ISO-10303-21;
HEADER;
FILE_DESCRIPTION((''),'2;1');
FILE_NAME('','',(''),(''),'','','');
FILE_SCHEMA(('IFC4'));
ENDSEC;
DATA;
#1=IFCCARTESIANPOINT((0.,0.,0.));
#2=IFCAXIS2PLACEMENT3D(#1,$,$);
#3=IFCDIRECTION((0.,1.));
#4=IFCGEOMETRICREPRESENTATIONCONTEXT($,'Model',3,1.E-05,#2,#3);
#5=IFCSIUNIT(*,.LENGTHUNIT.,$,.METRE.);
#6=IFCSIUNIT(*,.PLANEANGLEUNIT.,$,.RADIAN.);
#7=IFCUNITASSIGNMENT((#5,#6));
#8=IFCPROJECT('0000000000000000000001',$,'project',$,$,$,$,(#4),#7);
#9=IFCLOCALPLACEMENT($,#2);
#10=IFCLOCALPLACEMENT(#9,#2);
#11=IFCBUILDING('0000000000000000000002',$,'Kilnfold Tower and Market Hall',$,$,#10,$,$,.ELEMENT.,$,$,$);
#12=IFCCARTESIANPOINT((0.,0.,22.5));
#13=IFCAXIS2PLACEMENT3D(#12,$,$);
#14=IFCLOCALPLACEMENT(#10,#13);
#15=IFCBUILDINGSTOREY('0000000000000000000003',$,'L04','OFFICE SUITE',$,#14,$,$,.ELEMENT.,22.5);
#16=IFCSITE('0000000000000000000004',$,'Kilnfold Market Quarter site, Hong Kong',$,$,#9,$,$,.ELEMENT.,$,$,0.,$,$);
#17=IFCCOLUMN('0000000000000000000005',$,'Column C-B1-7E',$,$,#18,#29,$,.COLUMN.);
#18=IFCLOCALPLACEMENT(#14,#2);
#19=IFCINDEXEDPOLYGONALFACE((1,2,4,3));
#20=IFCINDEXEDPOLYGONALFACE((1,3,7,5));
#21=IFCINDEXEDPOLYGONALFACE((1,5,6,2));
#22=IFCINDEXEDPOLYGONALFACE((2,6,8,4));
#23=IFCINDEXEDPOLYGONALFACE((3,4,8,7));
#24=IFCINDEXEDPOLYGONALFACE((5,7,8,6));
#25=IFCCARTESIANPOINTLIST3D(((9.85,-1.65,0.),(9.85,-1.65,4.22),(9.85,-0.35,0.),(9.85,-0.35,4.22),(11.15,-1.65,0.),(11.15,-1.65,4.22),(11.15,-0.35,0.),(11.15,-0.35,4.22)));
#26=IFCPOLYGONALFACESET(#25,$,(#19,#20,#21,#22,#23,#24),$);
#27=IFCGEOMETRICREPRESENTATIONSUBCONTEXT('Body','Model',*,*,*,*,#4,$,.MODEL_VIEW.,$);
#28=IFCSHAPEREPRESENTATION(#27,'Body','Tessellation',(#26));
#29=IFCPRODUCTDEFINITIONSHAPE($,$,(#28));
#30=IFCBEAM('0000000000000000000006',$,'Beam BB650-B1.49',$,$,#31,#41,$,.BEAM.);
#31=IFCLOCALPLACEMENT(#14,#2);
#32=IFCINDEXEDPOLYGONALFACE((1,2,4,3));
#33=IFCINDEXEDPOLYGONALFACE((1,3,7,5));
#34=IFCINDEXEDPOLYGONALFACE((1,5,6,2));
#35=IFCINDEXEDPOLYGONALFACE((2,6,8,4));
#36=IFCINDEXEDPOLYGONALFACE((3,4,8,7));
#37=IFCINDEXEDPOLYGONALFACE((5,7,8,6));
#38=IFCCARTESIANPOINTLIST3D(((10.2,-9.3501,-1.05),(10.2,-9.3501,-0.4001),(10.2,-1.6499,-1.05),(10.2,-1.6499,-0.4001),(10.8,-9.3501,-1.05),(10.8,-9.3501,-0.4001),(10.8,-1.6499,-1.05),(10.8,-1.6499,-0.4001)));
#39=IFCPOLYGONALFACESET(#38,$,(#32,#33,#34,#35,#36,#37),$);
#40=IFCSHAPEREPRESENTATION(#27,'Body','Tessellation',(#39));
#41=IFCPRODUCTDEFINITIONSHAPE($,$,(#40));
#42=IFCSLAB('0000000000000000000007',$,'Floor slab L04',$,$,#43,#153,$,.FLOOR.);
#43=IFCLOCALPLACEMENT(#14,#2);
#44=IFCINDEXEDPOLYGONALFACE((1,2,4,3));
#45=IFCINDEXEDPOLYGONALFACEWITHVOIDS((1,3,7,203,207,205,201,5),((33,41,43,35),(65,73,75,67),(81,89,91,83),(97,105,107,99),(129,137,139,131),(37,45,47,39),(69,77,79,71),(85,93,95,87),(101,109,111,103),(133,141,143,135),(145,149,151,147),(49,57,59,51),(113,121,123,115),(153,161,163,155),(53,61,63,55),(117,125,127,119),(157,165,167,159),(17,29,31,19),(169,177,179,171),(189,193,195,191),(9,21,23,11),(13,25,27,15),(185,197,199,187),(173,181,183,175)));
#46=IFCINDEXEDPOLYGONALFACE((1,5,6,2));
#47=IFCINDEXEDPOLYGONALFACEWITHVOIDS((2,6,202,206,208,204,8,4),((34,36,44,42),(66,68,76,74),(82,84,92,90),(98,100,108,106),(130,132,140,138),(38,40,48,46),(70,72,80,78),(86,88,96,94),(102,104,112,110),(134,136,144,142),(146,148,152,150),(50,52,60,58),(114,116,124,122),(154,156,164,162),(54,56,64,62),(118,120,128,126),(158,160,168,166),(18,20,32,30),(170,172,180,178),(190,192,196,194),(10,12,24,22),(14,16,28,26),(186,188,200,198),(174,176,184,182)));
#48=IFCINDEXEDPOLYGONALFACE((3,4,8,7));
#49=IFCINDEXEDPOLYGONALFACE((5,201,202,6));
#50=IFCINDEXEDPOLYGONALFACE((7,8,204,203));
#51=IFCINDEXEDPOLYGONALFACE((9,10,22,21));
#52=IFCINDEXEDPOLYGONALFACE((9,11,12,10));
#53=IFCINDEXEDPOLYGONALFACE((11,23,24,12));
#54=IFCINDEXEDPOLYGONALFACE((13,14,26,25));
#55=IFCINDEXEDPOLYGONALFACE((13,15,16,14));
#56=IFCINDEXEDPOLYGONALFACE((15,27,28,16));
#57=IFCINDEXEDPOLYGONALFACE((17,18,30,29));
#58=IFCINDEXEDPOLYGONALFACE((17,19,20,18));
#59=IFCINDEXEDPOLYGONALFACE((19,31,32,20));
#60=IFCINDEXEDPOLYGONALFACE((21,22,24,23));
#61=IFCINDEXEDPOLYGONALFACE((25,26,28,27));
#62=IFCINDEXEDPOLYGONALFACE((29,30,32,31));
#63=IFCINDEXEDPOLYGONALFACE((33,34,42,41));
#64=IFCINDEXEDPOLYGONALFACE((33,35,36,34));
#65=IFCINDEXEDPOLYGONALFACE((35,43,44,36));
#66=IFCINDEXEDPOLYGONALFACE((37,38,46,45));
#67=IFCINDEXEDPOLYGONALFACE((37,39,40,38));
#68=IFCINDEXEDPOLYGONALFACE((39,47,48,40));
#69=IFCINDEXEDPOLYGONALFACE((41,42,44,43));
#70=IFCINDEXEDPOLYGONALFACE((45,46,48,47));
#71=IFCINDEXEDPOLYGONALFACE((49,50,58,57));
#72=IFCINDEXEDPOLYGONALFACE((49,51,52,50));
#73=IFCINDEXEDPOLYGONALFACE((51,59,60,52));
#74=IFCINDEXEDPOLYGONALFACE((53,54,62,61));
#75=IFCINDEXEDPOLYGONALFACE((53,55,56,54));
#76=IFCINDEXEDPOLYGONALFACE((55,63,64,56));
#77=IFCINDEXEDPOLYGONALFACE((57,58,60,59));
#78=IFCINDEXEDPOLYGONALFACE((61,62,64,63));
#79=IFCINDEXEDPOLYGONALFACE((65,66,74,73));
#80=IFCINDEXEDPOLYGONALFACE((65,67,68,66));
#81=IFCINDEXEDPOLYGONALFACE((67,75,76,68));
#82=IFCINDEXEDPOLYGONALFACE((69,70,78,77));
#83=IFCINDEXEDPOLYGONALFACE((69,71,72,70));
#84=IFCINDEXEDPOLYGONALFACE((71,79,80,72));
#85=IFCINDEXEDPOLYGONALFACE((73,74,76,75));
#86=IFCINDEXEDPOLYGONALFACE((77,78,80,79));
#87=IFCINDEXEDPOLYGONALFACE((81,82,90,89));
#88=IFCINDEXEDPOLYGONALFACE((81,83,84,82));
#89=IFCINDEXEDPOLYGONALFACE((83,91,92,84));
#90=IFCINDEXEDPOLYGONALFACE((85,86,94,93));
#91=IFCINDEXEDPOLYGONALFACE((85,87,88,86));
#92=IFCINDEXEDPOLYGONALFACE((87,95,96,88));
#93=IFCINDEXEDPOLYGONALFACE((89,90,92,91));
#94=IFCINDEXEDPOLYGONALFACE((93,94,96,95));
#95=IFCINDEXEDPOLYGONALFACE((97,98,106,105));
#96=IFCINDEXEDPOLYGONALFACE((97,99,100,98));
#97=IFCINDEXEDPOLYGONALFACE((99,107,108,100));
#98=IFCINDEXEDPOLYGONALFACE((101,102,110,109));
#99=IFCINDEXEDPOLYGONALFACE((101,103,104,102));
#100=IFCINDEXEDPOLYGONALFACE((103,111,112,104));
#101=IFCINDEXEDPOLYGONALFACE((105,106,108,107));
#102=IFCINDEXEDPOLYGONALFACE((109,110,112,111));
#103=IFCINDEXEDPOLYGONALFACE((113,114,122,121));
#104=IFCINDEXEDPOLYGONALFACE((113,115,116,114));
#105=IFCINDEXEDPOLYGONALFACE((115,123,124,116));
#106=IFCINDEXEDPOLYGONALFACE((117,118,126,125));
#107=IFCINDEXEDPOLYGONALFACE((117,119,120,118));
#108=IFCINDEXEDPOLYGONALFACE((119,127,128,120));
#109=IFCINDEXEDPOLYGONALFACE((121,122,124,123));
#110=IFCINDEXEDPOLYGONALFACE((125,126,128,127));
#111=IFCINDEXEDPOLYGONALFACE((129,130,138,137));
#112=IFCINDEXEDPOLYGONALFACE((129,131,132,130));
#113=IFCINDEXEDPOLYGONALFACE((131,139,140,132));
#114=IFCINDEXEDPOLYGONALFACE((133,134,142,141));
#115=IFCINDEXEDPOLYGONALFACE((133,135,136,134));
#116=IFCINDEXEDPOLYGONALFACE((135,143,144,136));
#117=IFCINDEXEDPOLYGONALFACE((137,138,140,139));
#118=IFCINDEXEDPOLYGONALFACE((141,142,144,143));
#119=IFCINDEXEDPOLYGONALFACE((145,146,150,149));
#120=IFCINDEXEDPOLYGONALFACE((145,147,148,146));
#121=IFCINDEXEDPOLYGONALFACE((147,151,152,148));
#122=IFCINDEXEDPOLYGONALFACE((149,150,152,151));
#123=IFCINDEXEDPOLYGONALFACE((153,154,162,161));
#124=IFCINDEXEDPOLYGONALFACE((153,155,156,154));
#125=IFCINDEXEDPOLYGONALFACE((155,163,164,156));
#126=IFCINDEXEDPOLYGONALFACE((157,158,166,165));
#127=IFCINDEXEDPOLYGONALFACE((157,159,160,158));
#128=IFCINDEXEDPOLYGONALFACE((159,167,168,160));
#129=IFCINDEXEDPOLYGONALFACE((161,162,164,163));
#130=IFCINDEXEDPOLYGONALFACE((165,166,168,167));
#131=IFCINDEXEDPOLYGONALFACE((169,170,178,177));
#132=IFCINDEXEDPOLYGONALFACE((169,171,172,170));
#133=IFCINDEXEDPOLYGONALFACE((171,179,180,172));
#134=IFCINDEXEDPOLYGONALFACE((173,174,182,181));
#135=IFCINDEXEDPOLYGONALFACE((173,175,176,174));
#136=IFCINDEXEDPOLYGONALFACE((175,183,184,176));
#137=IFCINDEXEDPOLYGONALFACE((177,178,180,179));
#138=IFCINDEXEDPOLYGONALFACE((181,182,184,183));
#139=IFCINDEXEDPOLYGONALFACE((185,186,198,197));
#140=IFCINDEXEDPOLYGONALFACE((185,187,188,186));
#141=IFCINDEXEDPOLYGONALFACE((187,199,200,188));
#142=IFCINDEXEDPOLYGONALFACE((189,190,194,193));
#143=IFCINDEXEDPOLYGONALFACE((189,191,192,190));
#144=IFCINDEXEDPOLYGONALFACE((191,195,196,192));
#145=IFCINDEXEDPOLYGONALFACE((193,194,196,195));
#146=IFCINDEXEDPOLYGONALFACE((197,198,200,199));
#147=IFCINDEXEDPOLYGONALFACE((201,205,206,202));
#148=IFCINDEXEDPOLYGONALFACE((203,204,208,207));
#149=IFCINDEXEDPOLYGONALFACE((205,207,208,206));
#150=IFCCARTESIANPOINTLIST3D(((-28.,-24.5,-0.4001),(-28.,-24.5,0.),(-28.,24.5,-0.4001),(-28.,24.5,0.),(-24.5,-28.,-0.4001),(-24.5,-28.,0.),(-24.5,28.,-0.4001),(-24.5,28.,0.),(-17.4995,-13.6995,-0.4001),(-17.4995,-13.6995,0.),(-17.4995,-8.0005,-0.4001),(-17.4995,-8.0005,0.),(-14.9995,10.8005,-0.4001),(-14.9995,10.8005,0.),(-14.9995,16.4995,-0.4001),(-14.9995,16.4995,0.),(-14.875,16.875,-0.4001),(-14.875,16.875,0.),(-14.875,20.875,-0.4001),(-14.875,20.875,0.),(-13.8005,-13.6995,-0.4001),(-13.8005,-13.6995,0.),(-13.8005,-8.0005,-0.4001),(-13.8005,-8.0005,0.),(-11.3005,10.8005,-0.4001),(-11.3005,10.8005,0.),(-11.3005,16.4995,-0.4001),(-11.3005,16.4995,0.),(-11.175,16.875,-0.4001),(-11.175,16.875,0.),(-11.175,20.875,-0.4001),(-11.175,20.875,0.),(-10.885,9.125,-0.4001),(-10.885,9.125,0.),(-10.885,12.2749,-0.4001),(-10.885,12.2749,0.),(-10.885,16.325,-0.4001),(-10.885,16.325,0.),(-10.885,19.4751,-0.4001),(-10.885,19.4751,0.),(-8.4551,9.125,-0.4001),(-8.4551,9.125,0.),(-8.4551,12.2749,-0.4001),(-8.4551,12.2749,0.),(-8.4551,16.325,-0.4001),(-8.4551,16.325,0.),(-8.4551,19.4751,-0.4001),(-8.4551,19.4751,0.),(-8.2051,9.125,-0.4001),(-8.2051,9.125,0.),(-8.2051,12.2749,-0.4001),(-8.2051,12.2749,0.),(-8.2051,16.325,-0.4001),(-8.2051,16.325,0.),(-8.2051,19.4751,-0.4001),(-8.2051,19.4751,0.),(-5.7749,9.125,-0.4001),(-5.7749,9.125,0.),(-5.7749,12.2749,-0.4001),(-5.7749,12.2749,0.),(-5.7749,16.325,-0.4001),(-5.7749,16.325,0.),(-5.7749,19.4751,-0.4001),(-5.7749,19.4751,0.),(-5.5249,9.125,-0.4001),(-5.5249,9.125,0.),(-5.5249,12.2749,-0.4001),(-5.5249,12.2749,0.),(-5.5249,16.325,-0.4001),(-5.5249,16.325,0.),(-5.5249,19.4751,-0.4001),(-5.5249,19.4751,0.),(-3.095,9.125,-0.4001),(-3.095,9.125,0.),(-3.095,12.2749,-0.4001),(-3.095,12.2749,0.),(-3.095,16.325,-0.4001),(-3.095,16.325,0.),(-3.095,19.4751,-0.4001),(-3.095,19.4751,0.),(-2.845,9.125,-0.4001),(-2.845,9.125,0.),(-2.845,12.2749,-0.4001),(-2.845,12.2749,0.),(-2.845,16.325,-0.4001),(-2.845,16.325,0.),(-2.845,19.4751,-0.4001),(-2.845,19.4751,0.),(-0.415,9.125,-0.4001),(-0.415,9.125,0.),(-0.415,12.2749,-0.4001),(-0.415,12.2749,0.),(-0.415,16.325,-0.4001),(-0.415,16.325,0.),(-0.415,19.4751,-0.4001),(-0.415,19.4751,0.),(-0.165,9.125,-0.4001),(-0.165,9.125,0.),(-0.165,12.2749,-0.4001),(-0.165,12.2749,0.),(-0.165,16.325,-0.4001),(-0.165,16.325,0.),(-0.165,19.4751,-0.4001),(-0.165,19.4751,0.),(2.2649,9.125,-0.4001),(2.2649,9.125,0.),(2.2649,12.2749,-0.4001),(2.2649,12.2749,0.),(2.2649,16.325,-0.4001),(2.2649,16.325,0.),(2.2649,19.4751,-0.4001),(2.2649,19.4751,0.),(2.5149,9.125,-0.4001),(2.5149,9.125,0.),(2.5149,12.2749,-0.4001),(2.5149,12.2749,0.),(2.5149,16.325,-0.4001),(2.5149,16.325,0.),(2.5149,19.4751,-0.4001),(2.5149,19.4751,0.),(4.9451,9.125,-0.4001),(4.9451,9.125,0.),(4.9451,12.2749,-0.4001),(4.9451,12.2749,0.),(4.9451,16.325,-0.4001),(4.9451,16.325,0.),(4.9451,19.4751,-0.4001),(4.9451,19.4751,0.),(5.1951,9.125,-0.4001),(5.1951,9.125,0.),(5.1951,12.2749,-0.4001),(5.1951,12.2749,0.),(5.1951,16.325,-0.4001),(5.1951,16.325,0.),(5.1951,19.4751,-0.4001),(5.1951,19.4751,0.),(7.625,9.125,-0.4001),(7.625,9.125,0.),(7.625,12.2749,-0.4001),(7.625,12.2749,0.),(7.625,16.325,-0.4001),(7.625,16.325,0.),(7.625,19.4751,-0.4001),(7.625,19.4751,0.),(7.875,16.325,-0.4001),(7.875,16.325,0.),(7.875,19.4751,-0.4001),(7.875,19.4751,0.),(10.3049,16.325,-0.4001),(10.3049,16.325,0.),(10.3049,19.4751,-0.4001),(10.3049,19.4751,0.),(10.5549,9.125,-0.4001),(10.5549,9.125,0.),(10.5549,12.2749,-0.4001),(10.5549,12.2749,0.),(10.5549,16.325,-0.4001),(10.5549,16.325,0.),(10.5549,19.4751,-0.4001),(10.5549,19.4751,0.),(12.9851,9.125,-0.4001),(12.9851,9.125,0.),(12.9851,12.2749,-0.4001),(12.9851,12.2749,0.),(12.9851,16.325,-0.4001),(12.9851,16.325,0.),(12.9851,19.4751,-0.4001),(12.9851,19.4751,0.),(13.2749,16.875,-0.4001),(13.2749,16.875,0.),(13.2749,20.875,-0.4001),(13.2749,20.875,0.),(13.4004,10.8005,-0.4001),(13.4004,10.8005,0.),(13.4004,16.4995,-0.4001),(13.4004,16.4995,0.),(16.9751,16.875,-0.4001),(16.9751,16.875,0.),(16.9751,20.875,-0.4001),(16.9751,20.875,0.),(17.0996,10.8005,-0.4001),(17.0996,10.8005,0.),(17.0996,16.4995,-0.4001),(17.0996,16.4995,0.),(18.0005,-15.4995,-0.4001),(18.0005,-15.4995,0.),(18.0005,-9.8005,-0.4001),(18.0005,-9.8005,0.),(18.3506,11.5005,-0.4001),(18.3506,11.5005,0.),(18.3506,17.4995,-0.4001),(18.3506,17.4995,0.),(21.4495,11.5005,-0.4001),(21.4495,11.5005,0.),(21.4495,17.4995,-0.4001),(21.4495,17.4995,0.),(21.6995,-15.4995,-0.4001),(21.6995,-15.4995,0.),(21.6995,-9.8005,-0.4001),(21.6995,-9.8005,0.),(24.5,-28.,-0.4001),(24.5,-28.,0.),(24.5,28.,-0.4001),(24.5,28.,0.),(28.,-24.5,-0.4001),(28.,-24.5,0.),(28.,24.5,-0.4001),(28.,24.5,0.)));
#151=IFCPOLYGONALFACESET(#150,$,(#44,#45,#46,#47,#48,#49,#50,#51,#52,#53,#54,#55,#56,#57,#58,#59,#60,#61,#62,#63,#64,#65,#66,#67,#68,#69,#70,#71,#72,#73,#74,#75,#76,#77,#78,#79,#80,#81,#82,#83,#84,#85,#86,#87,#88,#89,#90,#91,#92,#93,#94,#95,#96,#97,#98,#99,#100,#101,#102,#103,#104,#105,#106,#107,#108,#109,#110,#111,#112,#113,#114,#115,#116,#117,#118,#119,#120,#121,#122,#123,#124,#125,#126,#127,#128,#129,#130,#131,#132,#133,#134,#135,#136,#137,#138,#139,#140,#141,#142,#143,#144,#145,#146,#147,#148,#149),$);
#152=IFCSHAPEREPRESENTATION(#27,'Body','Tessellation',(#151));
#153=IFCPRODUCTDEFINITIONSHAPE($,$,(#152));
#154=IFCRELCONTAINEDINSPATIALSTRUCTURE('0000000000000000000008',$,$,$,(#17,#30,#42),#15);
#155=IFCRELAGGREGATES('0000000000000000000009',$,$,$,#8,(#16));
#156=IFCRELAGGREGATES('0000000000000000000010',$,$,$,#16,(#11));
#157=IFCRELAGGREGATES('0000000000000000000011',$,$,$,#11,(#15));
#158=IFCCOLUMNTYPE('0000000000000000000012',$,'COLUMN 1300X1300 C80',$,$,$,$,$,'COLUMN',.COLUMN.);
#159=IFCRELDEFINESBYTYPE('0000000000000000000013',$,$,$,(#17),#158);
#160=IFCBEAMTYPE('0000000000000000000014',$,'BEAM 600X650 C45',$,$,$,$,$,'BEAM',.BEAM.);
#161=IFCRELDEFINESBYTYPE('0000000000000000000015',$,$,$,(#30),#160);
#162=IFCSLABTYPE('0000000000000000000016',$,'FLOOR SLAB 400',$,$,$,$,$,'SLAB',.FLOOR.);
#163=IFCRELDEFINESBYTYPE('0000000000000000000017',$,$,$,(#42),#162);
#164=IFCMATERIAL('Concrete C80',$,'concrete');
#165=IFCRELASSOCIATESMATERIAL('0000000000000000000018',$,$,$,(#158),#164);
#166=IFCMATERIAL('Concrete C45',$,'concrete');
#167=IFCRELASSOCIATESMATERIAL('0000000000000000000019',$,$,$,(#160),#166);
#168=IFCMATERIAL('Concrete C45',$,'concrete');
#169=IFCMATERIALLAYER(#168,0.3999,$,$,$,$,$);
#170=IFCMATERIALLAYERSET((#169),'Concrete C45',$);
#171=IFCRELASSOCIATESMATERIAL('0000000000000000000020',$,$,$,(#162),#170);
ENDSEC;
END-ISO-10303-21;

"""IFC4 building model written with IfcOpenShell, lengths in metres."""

from ifc_helpers import new_model, si_unit, direction, frame, origin, origin_2d, place, context, subcontext, project, spatial, polyline, rectangle, outline, extrude, source, transform, mapped, material, layer, layer_set, material_profile, profile_set, type_object, element, save


model = new_model("IFC4")

# Units and contexts
model_context = context("Model", 3, precision=1e-05, world=origin(), true_north=direction((0.0, 1.0)))
body_context = subcontext(model_context, "Body", "Model", "MODEL_VIEW")
ifc_project = project(units=[si_unit("LENGTHUNIT", "METRE"), si_unit("PLANEANGLEUNIT", "RADIAN")], contexts=[model_context])

# Site, building, storey
site_placement = place(None, origin())
site = spatial("IfcSite", under=ifc_project, at=site_placement, Name="Kilnfold Market Quarter site, Hong Kong", CompositionType="ELEMENT", RefElevation=0.0)
building_placement = place(site_placement, origin())
building = spatial("IfcBuilding", under=site, at=building_placement, Name="Kilnfold Tower and Market Hall", CompositionType="ELEMENT")
storey_placement = place(building_placement, frame((0.0, 0.0, 22.5)))
storey = spatial("IfcBuildingStorey", under=building, at=storey_placement, Name="L04", Description="OFFICE SUITE", CompositionType="ELEMENT", Elevation=22.5)

# Column
ifc_material_1 = material(Name="Concrete C80", Category="concrete")
ifc_material_profile_1 = material_profile(ifc_material_1, rectangle(XDim=1.3, YDim=1.3, at=origin_2d()), Name="RC 1300x1300")
ifc_profile_set_1 = profile_set([ifc_material_profile_1], Name="Concrete C80")
column_type = type_object("IfcColumnType", Name="COLUMN 1300X1300 C80", ElementType="COLUMN", PredefinedType="COLUMN", material=ifc_profile_set_1)
shared_shape_1 = source(origin(), body_context, "Body", "SweptSolid", [
    extrude(rectangle(XDim=1.3, YDim=1.3, at=origin_2d()), origin(), (0.0, 0.0, 1.0), 4.22),
])
column_placement = place(storey_placement, frame((10.5, -1.0, 0.0), z_axis=(0.0, 0.0, 1.0), x_axis=(1.0, 0.0, 0.0)))
element("IfcColumn", 1, at=column_placement, inside=storey, type_object=column_type, Name="Column C-B1-7E", PredefinedType="COLUMN", context=body_context, shape_type="MappedRepresentation", body=[
    mapped(shared_shape_1, transform((0.0, 0.0, 0.0))),
])

# Beam
ifc_material_2 = material(Name="Concrete C45", Category="concrete")
ifc_material_profile_2 = material_profile(ifc_material_2, rectangle(XDim=0.6001, YDim=0.6499, at=origin_2d()), Name="RC 600x650")
ifc_profile_set_2 = profile_set([ifc_material_profile_2], Name="Concrete C45")
beam_type = type_object("IfcBeamType", Name="BEAM 600X650 C45", ElementType="BEAM", PredefinedType="BEAM", material=ifc_profile_set_2)
shared_shape_2 = source(origin(), body_context, "Body", "SweptSolid", [
    extrude(rectangle(XDim=0.6001, YDim=0.6499, at=origin_2d()), origin(), (0.0, 0.0, 1.0), 7.7002),
])
beam_placement = place(storey_placement, frame((10.5, -9.3501, -0.7251), z_axis=(0.0, 1.0, 0.0), x_axis=(-1.0, 0.0, 0.0)))
element("IfcBeam", 2, at=beam_placement, inside=storey, type_object=beam_type, Name="Beam BB650-B1.49", PredefinedType="BEAM", context=body_context, shape_type="MappedRepresentation", body=[
    mapped(shared_shape_2, transform((0.0, 0.0, 0.0))),
])

# Slab
ifc_material_3 = material(Name="Concrete C45", Category="concrete")
ifc_layer_1 = layer(ifc_material_3, 0.3999)
ifc_layer_set_1 = layer_set([ifc_layer_1], Name="Concrete C45")
slab_type_1 = type_object("IfcSlabType", Name="FLOOR SLAB 400", ElementType="SLAB", PredefinedType="FLOOR", material=ifc_layer_set_1)
shared_shape_3 = source(origin(), body_context, "Body", "SweptSolid", [
    extrude(outline(polyline([(-24.5, -28.0), (24.5, -28.0), (28.0, -24.5), (28.0, 24.5), (24.5, 28.0), (-24.5, 28.0), (-28.0, 24.5), (-28.0, -24.5), (-24.5, -28.0)]), holes=[polyline([(-17.4995, -13.6995), (-17.4995, -8.0005), (-13.8005, -8.0005), (-13.8005, -13.6995), (-17.4995, -13.6995)]), polyline([(-14.9995, 10.8005), (-14.9995, 16.4995), (-11.3005, 16.4995), (-11.3005, 10.8005), (-14.9995, 10.8005)]), polyline([(-14.875, 16.875), (-14.875, 20.875), (-11.175, 20.875), (-11.175, 16.875), (-14.875, 16.875)]), polyline([(-10.885, 9.125), (-10.885, 12.2749), (-8.4551, 12.2749), (-8.4551, 9.125), (-10.885, 9.125)]), polyline([(-10.885, 16.325), (-10.885, 19.4751), (-8.4551, 19.4751), (-8.4551, 16.325), (-10.885, 16.325)]), polyline([(-8.2051, 9.125), (-8.2051, 12.2749), (-5.7749, 12.2749), (-5.7749, 9.125), (-8.2051, 9.125)]), polyline([(-8.2051, 16.325), (-8.2051, 19.4751), (-5.7749, 19.4751), (-5.7749, 16.325), (-8.2051, 16.325)]), polyline([(-5.5249, 9.125), (-5.5249, 12.2749), (-3.095, 12.2749), (-3.095, 9.125), (-5.5249, 9.125)]), polyline([(-5.5249, 16.325), (-5.5249, 19.4751), (-3.095, 19.4751), (-3.095, 16.325), (-5.5249, 16.325)]), polyline([(-2.845, 9.125), (-2.845, 12.2749), (-0.415, 12.2749), (-0.415, 9.125), (-2.845, 9.125)]), polyline([(-2.845, 16.325), (-2.845, 19.4751), (-0.415, 19.4751), (-0.415, 16.325), (-2.845, 16.325)]), polyline([(-0.165, 9.125), (-0.165, 12.2749), (2.2649, 12.2749), (2.2649, 9.125), (-0.165, 9.125)]), polyline([(-0.165, 16.325), (-0.165, 19.4751), (2.2649, 19.4751), (2.2649, 16.325), (-0.165, 16.325)]), polyline([(2.5149, 9.125), (2.5149, 12.2749), (4.9451, 12.2749), (4.9451, 9.125), (2.5149, 9.125)]), polyline([(2.5149, 16.325), (2.5149, 19.4751), (4.9451, 19.4751), (4.9451, 16.325), (2.5149, 16.325)]), polyline([(5.1951, 9.125), (5.1951, 12.2749), (7.625, 12.2749), (7.625, 9.125), (5.1951, 9.125)]), polyline([(5.1951, 16.325), (5.1951, 19.4751), (7.625, 19.4751), (7.625, 16.325), (5.1951, 16.325)]), polyline([(7.875, 16.325), (7.875, 19.4751), (10.3049, 19.4751), (10.3049, 16.325), (7.875, 16.325)]), polyline([(10.5549, 9.125), (10.5549, 12.2749), (12.9851, 12.2749), (12.9851, 9.125), (10.5549, 9.125)]), polyline([(10.5549, 16.325), (10.5549, 19.4751), (12.9851, 19.4751), (12.9851, 16.325), (10.5549, 16.325)]), polyline([(13.2749, 16.875), (13.2749, 20.875), (16.9751, 20.875), (16.9751, 16.875), (13.2749, 16.875)]), polyline([(13.4004, 10.8005), (13.4004, 16.4995), (17.0996, 16.4995), (17.0996, 10.8005), (13.4004, 10.8005)]), polyline([(18.0005, -9.8005), (21.6995, -9.8005), (21.6995, -15.4995), (18.0005, -15.4995), (18.0005, -9.8005)]), polyline([(18.3506, 11.5005), (18.3506, 17.4995), (21.4495, 17.4995), (21.4495, 11.5005), (18.3506, 11.5005)])]), origin(), (0.0, 0.0, 1.0), 0.4001),
])
slab_1_placement = place(storey_placement, frame((0.0, 0.0, -0.4001)))
element("IfcSlab", 3, at=slab_1_placement, inside=storey, type_object=slab_type_1, Name="Floor slab L04", PredefinedType="FLOOR", context=body_context, shape_type="MappedRepresentation", body=[
    mapped(shared_shape_3, transform((0.0, 0.0, 0.0))),
])

save(model, "model.ifc")
